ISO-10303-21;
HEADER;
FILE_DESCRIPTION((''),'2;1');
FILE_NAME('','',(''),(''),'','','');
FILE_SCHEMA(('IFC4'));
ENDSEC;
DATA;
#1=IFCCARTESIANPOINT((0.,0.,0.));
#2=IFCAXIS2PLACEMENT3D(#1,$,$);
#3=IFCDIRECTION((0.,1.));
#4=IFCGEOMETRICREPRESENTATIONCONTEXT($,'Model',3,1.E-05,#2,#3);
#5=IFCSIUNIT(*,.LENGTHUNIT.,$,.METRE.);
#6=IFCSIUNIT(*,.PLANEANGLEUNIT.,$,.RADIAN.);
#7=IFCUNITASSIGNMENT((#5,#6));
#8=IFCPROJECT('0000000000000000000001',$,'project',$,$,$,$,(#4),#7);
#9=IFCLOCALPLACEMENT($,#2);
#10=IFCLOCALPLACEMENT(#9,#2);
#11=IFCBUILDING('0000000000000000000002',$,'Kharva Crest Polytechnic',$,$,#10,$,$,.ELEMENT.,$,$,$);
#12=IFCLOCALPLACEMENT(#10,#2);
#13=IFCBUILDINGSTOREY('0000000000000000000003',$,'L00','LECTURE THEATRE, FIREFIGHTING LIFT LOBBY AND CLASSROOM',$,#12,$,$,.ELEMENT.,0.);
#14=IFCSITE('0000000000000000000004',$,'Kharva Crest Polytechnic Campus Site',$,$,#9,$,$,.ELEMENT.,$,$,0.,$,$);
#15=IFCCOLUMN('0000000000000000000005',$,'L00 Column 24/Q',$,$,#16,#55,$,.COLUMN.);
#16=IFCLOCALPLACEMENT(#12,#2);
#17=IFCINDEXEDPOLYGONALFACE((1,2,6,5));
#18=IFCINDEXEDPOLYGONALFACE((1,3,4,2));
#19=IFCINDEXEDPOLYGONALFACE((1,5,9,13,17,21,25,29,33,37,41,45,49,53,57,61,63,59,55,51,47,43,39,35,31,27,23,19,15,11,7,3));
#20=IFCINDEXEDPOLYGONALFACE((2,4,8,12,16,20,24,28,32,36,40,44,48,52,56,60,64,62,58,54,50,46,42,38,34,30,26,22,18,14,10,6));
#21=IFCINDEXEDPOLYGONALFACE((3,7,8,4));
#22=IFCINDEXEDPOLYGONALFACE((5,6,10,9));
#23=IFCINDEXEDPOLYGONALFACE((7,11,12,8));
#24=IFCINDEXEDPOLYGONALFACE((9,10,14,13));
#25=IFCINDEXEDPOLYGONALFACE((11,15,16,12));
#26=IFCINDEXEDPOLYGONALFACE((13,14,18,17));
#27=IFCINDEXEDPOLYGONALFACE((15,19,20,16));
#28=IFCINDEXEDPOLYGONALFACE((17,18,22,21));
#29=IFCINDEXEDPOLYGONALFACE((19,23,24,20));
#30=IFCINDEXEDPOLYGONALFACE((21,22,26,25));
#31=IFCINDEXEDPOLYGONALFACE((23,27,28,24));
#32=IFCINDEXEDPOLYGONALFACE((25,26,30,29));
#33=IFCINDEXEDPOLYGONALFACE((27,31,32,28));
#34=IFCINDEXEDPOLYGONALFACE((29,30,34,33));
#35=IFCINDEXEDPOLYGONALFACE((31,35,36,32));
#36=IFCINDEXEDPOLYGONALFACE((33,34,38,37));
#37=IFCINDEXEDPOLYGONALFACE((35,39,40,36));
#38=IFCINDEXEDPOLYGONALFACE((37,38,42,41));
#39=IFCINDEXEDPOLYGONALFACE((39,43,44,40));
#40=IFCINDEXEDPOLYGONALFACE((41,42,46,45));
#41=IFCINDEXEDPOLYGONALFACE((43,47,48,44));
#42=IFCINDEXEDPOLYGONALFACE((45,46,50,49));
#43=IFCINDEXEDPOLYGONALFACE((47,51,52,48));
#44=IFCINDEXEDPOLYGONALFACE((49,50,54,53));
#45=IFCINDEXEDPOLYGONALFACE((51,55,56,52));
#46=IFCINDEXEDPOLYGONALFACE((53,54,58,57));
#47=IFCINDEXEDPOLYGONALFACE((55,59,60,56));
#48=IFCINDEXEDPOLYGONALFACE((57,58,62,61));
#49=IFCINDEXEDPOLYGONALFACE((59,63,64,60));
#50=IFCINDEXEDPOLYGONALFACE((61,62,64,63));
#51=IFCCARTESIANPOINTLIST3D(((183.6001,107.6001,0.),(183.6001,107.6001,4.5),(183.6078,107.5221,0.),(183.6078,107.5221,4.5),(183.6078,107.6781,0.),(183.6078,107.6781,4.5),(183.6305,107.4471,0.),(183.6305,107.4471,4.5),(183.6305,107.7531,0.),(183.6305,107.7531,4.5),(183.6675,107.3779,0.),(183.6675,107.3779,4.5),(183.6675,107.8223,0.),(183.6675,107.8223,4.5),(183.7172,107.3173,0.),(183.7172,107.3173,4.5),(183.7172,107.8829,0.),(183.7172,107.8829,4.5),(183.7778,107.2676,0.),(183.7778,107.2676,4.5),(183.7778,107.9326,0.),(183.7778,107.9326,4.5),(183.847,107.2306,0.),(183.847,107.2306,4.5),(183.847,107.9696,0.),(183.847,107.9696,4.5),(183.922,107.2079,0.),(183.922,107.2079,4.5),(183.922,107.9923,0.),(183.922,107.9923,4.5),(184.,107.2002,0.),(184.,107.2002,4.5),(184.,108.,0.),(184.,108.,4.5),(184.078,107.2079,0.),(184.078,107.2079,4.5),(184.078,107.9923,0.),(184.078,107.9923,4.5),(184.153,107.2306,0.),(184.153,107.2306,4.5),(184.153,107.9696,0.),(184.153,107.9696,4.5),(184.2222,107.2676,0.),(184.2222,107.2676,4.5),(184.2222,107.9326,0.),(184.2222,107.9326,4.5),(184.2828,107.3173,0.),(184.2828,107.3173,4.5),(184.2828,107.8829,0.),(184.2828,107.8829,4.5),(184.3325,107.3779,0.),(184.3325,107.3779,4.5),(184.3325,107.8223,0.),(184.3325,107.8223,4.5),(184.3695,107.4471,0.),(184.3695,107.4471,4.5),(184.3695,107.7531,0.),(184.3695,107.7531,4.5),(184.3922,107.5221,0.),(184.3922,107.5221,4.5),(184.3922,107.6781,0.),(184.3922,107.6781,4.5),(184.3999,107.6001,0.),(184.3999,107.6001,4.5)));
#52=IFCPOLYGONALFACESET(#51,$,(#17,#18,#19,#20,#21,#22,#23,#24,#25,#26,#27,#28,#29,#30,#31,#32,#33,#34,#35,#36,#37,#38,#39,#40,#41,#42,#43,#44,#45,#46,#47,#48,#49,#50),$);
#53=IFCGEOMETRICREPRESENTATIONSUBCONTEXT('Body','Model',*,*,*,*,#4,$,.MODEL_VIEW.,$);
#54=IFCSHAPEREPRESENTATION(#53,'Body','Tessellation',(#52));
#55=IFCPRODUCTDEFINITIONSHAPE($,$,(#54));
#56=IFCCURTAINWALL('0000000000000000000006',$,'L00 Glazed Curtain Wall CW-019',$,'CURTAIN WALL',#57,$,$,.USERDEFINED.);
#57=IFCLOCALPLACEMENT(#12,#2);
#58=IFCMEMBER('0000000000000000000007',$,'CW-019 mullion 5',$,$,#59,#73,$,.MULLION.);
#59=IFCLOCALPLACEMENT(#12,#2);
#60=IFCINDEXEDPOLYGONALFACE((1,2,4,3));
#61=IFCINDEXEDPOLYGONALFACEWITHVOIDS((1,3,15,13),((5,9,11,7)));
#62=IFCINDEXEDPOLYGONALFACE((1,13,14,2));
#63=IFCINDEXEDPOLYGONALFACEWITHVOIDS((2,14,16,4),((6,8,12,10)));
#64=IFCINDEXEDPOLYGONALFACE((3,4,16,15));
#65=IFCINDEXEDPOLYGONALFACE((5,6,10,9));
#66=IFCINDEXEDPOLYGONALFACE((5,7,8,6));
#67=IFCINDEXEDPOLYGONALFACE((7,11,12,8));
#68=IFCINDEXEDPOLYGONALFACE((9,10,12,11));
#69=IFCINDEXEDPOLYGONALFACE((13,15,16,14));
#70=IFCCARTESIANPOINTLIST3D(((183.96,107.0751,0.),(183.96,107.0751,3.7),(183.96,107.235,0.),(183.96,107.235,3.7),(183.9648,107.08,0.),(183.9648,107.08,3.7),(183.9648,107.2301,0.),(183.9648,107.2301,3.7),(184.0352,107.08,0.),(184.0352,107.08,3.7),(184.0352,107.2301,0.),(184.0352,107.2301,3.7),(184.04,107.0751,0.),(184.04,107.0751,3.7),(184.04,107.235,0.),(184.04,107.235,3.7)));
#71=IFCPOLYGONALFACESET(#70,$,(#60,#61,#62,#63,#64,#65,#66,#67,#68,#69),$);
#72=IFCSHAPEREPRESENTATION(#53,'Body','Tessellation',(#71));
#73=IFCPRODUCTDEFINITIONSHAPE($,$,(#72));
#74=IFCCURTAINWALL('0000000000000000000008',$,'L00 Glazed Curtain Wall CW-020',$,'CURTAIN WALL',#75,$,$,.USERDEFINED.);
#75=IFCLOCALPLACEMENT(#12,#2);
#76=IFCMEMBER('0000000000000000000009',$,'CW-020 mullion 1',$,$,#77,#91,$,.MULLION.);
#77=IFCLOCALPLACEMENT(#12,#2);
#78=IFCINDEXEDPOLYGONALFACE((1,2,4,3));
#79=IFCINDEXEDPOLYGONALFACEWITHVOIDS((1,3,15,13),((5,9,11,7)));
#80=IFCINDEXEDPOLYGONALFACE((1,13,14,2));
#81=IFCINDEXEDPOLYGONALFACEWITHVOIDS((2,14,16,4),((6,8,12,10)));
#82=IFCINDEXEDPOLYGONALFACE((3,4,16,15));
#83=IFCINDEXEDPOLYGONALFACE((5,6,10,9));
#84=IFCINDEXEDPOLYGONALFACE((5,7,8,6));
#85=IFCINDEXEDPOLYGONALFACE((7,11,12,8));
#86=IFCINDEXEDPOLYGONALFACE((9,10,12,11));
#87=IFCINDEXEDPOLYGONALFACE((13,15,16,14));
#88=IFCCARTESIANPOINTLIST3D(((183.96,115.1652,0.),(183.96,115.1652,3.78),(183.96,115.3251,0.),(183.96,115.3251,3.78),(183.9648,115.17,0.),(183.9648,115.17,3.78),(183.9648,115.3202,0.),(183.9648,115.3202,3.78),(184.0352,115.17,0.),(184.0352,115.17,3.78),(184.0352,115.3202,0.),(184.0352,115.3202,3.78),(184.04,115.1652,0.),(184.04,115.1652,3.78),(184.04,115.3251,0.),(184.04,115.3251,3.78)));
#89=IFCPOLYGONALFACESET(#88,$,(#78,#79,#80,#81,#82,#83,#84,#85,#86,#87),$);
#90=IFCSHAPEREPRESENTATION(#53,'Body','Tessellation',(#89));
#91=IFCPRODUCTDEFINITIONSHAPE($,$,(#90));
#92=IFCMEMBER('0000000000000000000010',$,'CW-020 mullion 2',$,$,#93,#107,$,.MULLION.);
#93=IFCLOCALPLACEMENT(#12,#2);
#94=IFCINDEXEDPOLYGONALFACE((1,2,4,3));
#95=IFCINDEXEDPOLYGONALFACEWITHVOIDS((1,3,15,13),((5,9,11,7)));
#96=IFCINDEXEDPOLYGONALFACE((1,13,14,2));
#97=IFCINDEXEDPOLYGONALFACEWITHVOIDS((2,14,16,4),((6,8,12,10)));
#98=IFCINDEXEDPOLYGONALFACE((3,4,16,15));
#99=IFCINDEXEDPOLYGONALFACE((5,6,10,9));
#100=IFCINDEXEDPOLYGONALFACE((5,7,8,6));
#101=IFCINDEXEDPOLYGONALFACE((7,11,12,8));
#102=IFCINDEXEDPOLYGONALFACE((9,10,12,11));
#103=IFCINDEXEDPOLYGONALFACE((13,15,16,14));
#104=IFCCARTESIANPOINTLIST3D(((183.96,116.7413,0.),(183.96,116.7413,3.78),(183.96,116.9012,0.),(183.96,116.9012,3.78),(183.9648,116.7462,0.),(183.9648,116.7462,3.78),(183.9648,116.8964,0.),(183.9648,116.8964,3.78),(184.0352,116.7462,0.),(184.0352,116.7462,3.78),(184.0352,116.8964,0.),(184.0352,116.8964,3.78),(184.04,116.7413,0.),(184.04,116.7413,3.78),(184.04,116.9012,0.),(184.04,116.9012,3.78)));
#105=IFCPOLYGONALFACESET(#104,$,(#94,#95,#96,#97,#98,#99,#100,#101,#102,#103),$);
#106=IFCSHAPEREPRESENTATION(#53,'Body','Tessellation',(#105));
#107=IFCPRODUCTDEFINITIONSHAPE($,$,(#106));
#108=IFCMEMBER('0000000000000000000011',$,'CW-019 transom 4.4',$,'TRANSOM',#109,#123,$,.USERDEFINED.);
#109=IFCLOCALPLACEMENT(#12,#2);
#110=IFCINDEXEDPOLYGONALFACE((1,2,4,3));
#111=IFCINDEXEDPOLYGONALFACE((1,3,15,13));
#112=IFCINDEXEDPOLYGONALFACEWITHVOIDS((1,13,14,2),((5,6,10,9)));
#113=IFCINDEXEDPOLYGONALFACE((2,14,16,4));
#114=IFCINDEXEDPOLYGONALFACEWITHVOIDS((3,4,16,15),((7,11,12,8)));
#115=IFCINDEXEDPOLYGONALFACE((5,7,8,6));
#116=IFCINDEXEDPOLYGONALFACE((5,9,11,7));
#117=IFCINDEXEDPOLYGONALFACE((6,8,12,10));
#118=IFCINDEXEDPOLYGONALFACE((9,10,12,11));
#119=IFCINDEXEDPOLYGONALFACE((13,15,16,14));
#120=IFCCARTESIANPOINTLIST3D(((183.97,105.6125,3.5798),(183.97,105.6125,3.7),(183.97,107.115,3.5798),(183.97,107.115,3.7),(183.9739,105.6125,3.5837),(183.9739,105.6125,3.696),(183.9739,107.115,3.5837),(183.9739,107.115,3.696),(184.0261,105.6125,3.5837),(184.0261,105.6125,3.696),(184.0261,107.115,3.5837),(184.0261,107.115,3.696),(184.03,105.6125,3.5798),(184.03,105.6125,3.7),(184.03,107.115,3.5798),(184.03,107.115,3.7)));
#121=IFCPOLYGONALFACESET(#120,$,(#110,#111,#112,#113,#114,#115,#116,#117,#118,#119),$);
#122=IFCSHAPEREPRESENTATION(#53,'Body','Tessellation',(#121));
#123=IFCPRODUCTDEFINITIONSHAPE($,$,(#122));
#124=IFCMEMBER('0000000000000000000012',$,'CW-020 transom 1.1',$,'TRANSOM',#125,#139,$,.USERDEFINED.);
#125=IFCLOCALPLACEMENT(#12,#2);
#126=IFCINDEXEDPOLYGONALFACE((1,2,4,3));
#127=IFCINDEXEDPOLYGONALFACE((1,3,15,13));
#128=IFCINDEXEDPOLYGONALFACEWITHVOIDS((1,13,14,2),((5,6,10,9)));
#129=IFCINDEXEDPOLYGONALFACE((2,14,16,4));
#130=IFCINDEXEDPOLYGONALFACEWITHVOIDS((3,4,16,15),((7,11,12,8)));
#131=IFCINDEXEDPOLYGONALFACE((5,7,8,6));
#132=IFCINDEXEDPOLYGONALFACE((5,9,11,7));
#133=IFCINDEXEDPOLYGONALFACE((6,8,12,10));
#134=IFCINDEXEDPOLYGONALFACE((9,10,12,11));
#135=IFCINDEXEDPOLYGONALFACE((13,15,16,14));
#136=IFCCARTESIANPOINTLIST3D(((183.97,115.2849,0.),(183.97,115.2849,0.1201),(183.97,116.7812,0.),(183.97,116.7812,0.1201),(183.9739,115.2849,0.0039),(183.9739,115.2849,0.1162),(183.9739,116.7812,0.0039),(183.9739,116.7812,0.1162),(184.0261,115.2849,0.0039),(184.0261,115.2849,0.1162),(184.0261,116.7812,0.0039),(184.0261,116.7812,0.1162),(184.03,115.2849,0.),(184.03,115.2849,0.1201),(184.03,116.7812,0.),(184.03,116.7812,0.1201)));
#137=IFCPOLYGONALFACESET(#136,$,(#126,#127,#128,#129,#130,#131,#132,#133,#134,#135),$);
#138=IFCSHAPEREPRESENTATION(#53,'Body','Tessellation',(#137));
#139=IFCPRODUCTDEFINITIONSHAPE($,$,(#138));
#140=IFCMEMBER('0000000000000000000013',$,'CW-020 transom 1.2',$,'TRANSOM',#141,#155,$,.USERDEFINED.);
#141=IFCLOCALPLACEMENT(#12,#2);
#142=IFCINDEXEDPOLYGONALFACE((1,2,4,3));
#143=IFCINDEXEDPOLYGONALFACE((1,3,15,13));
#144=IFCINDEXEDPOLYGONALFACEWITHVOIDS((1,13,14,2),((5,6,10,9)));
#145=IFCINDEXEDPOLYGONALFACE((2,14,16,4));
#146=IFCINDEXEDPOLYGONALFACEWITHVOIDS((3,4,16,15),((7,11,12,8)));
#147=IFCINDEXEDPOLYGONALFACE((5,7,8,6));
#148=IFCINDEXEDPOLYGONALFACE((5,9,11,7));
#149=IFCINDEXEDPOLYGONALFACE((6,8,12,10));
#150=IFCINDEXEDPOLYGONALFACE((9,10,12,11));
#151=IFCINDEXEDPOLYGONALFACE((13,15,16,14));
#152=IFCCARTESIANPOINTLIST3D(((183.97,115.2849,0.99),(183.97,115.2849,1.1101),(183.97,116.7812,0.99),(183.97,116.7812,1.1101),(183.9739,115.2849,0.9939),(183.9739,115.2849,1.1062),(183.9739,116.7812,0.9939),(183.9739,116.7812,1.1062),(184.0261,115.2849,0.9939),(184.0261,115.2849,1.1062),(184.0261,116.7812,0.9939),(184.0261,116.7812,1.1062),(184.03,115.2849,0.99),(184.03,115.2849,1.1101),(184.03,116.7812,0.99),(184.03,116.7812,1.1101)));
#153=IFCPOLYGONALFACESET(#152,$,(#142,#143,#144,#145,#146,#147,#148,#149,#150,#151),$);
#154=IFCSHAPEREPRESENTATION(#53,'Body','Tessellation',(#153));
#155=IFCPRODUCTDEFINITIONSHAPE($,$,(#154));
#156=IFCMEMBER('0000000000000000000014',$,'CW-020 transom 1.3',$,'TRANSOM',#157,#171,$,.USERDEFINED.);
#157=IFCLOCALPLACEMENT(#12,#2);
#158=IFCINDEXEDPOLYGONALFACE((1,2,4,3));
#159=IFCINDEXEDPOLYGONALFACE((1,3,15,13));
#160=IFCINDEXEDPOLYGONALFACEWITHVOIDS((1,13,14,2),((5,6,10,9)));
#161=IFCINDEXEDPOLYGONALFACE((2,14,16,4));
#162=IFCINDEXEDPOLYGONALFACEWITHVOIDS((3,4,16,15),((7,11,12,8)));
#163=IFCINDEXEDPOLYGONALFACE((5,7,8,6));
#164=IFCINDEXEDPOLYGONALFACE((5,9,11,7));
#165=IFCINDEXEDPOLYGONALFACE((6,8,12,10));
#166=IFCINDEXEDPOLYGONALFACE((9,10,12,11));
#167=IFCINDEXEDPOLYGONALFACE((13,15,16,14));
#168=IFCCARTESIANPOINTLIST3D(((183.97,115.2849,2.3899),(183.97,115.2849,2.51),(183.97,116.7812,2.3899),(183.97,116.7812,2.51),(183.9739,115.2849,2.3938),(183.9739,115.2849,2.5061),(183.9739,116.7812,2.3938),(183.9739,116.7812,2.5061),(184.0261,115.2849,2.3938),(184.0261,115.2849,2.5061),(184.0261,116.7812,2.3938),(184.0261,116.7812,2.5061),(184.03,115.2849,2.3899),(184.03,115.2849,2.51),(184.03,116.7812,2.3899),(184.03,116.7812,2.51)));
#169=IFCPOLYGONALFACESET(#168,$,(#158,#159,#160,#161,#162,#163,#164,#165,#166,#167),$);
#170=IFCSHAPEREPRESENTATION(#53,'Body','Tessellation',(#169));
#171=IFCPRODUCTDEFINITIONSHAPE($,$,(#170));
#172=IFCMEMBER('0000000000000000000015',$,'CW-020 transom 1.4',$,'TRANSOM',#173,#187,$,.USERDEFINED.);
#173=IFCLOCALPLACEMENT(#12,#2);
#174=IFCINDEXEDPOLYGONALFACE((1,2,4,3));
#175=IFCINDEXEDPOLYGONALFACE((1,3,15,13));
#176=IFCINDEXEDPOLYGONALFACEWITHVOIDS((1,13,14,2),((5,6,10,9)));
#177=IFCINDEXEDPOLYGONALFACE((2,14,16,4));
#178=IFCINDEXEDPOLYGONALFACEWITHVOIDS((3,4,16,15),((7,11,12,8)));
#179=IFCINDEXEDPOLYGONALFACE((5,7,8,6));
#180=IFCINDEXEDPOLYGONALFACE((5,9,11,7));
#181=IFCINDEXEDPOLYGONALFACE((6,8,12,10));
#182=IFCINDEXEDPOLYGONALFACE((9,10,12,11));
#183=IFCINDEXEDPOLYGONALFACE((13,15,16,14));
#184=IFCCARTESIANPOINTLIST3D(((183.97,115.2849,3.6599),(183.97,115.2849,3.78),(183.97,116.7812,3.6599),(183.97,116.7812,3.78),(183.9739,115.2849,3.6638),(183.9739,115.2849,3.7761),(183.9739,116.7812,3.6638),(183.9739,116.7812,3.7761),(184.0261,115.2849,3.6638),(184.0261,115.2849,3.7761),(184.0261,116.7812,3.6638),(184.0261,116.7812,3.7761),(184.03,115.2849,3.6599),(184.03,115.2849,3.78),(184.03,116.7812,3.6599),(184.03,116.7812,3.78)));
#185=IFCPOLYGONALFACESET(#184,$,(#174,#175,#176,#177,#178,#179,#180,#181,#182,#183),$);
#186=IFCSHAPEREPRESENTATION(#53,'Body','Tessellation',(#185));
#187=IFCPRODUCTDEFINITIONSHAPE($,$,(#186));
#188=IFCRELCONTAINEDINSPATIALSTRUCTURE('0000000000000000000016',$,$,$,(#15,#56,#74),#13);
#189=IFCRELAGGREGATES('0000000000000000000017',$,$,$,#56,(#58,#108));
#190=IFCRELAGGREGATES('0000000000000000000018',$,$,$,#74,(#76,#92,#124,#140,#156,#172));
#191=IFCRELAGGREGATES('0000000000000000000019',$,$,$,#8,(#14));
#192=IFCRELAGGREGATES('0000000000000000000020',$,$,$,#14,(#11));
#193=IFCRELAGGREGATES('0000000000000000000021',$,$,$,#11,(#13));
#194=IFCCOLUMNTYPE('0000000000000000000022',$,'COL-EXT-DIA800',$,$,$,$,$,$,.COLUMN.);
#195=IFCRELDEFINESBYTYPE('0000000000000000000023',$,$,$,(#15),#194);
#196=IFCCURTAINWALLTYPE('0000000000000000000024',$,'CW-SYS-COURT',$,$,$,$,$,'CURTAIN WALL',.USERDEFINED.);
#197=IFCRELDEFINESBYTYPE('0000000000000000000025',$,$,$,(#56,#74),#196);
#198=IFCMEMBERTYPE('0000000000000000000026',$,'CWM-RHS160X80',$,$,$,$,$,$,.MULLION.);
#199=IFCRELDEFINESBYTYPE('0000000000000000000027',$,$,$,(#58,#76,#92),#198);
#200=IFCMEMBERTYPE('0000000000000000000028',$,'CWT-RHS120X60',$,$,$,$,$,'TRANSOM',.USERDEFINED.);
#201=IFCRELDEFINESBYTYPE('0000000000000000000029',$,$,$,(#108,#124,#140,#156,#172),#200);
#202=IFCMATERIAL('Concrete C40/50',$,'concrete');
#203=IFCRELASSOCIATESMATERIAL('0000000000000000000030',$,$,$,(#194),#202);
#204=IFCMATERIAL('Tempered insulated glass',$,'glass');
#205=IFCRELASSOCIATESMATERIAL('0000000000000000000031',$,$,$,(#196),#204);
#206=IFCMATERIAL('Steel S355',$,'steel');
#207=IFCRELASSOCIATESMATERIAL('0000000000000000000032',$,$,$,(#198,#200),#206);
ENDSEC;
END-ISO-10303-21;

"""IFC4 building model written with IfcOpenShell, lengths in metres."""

from ifc_helpers import new_model, si_unit, direction, frame, origin, origin_2d, place, context, subcontext, project, spatial, hollow_rectangle, circle, extrude, material, material_profile, profile_set, type_object, element, aggregate, save


model = new_model("IFC4")

# Units and contexts
model_context = context("Model", 3, precision=1e-05, world=origin(), true_north=direction((0.0, 1.0)))
body_context = subcontext(model_context, "Body", "Model", "MODEL_VIEW")
ifc_project = project(units=[si_unit("LENGTHUNIT", "METRE"), si_unit("PLANEANGLEUNIT", "RADIAN")], contexts=[model_context])

# Site, building, storey
site_placement = place(None, origin())
site = spatial("IfcSite", under=ifc_project, at=site_placement, Name="Kharva Crest Polytechnic Campus Site", CompositionType="ELEMENT", RefElevation=0.0)
building_placement = place(site_placement, origin())
building = spatial("IfcBuilding", under=site, at=building_placement, Name="Kharva Crest Polytechnic", CompositionType="ELEMENT")
storey_placement = place(building_placement, origin())
storey = spatial("IfcBuildingStorey", under=building, at=storey_placement, Name="L00", Description="LECTURE THEATRE, FIREFIGHTING LIFT LOBBY AND CLASSROOM", CompositionType="ELEMENT", Elevation=0.0)

# Column
ifc_material_1 = material(Name="Concrete C40/50", Category="concrete")
ifc_material_profile_1 = material_profile(ifc_material_1, circle(Radius=0.3999, at=origin_2d()), Name="DIA 800")
ifc_profile_set_1 = profile_set([ifc_material_profile_1], Name="Concrete C40/50")
column_type_1 = type_object("IfcColumnType", Name="COL-EXT-DIA800", PredefinedType="COLUMN", material=ifc_profile_set_1)
column_1_placement = place(storey_placement, frame((184.0, 107.6001, 0.0), z_axis=(0.0, 0.0, 1.0), x_axis=(1.0, 0.0, 0.0)))
element("IfcColumn", 1, at=column_1_placement, inside=storey, type_object=column_type_1, Name="L00 Column 24/Q", PredefinedType="COLUMN", context=body_context, shape_type="SweptSolid", body=[
    extrude(circle(Radius=0.3999, at=origin_2d()), origin(), (0.0, 0.0, 1.0), 4.5),
])

# Curtain wall, member
ifc_material_2 = material(Name="Tempered insulated glass", Category="glass")
curtain_wall_type = type_object("IfcCurtainWallType", Name="CW-SYS-COURT", ElementType="CURTAIN WALL", PredefinedType="USERDEFINED", material=ifc_material_2)
curtain_wall_1_placement = place(storey_placement, origin())
curtain_wall_1 = element("IfcCurtainWall", 2, at=curtain_wall_1_placement, inside=storey, type_object=curtain_wall_type, Name="L00 Glazed Curtain Wall CW-019", ObjectType="CURTAIN WALL", PredefinedType="USERDEFINED")
ifc_material_3 = material(Name="Steel S355", Category="steel")
ifc_material_profile_2 = material_profile(ifc_material_3, hollow_rectangle(XDim=0.0801, YDim=0.1599, WallThickness=0.0049, at=origin_2d()), Name="RHS 160X80X5.0")
ifc_profile_set_2 = profile_set([ifc_material_profile_2], Name="Steel S355")
member_type_1 = type_object("IfcMemberType", Name="CWM-RHS160X80", PredefinedType="MULLION", material=ifc_profile_set_2)
member_1_placement = place(storey_placement, frame((184.0, 107.155, 0.0), z_axis=(0.0, 0.0, 1.0), x_axis=(-1.0, 0.0, 0.0)))
member_1 = element("IfcMember", 3, at=member_1_placement, type_object=member_type_1, Name="CW-019 mullion 5", PredefinedType="MULLION", context=body_context, shape_type="SweptSolid", body=[
    extrude(hollow_rectangle(XDim=0.0801, YDim=0.1599, WallThickness=0.0049, at=origin_2d()), origin(), (0.0, 0.0, 1.0), 3.7),
])

# Curtain wall, members
curtain_wall_2_placement = place(storey_placement, origin())
curtain_wall_2 = element("IfcCurtainWall", 4, at=curtain_wall_2_placement, inside=storey, type_object=curtain_wall_type, Name="L00 Glazed Curtain Wall CW-020", ObjectType="CURTAIN WALL", PredefinedType="USERDEFINED")
member_2_placement = place(storey_placement, frame((184.0, 115.2451, 0.0), z_axis=(0.0, 0.0, 1.0), x_axis=(-1.0, 0.0, 0.0)))
member_2 = element("IfcMember", 5, at=member_2_placement, type_object=member_type_1, Name="CW-020 mullion 1", PredefinedType="MULLION", context=body_context, shape_type="SweptSolid", body=[
    extrude(hollow_rectangle(XDim=0.0801, YDim=0.1599, WallThickness=0.0049, at=origin_2d()), origin(), (0.0, 0.0, 1.0), 3.78),
])
member_3_placement = place(storey_placement, frame((184.0, 116.8213, 0.0), z_axis=(0.0, 0.0, 1.0), x_axis=(-1.0, 0.0, 0.0)))
member_3 = element("IfcMember", 6, at=member_3_placement, type_object=member_type_1, Name="CW-020 mullion 2", PredefinedType="MULLION", context=body_context, shape_type="SweptSolid", body=[
    extrude(hollow_rectangle(XDim=0.0801, YDim=0.1599, WallThickness=0.0049, at=origin_2d()), origin(), (0.0, 0.0, 1.0), 3.78),
])

# Members
ifc_material_profile_3 = material_profile(ifc_material_3, hollow_rectangle(XDim=0.0601, YDim=0.1201, WallThickness=0.0039, at=origin_2d()), Name="RHS 120X60X4.0")
ifc_profile_set_3 = profile_set([ifc_material_profile_3], Name="Steel S355")
member_type_2 = type_object("IfcMemberType", Name="CWT-RHS120X60", ElementType="TRANSOM", PredefinedType="USERDEFINED", material=ifc_profile_set_3)
member_4_placement = place(storey_placement, frame((184.0, 105.6125, 3.6399), z_axis=(0.0, 1.0, 0.0), x_axis=(-1.0, 0.0, 0.0)))
member_4 = element("IfcMember", 7, at=member_4_placement, type_object=member_type_2, Name="CW-019 transom 4.4", ObjectType="TRANSOM", PredefinedType="USERDEFINED", context=body_context, shape_type="SweptSolid", body=[
    extrude(hollow_rectangle(XDim=0.0601, YDim=0.1201, WallThickness=0.0039, at=origin_2d()), origin(), (0.0, 0.0, 1.0), 1.5024),
])
member_5_placement = place(storey_placement, frame((184.0, 115.2849, 0.0601), z_axis=(0.0, 1.0, 0.0), x_axis=(-1.0, 0.0, 0.0)))
member_5 = element("IfcMember", 8, at=member_5_placement, type_object=member_type_2, Name="CW-020 transom 1.1", ObjectType="TRANSOM", PredefinedType="USERDEFINED", context=body_context, shape_type="SweptSolid", body=[
    extrude(hollow_rectangle(XDim=0.0601, YDim=0.1201, WallThickness=0.0039, at=origin_2d()), origin(), (0.0, 0.0, 1.0), 1.4963),
])
member_6_placement = place(storey_placement, frame((184.0, 115.2849, 1.05), z_axis=(0.0, 1.0, 0.0), x_axis=(-1.0, 0.0, 0.0)))
member_6 = element("IfcMember", 9, at=member_6_placement, type_object=member_type_2, Name="CW-020 transom 1.2", ObjectType="TRANSOM", PredefinedType="USERDEFINED", context=body_context, shape_type="SweptSolid", body=[
    extrude(hollow_rectangle(XDim=0.0601, YDim=0.1201, WallThickness=0.0039, at=origin_2d()), origin(), (0.0, 0.0, 1.0), 1.4963),
])
member_7_placement = place(storey_placement, frame((184.0, 115.2849, 2.45), z_axis=(0.0, 1.0, 0.0), x_axis=(-1.0, 0.0, 0.0)))
member_7 = element("IfcMember", 10, at=member_7_placement, type_object=member_type_2, Name="CW-020 transom 1.3", ObjectType="TRANSOM", PredefinedType="USERDEFINED", context=body_context, shape_type="SweptSolid", body=[
    extrude(hollow_rectangle(XDim=0.0601, YDim=0.1201, WallThickness=0.0039, at=origin_2d()), origin(), (0.0, 0.0, 1.0), 1.4963),
])
member_8_placement = place(storey_placement, frame((184.0, 115.2849, 3.72), z_axis=(0.0, 1.0, 0.0), x_axis=(-1.0, 0.0, 0.0)))
member_8 = element("IfcMember", 11, at=member_8_placement, type_object=member_type_2, Name="CW-020 transom 1.4", ObjectType="TRANSOM", PredefinedType="USERDEFINED", context=body_context, shape_type="SweptSolid", body=[
    extrude(hollow_rectangle(XDim=0.0601, YDim=0.1201, WallThickness=0.0039, at=origin_2d()), origin(), (0.0, 0.0, 1.0), 1.4963),
])

aggregate(curtain_wall_1, [member_1, member_4])
aggregate(curtain_wall_2, [member_2, member_3, member_5, member_6, member_7, member_8])

save(model, "model.ifc")
